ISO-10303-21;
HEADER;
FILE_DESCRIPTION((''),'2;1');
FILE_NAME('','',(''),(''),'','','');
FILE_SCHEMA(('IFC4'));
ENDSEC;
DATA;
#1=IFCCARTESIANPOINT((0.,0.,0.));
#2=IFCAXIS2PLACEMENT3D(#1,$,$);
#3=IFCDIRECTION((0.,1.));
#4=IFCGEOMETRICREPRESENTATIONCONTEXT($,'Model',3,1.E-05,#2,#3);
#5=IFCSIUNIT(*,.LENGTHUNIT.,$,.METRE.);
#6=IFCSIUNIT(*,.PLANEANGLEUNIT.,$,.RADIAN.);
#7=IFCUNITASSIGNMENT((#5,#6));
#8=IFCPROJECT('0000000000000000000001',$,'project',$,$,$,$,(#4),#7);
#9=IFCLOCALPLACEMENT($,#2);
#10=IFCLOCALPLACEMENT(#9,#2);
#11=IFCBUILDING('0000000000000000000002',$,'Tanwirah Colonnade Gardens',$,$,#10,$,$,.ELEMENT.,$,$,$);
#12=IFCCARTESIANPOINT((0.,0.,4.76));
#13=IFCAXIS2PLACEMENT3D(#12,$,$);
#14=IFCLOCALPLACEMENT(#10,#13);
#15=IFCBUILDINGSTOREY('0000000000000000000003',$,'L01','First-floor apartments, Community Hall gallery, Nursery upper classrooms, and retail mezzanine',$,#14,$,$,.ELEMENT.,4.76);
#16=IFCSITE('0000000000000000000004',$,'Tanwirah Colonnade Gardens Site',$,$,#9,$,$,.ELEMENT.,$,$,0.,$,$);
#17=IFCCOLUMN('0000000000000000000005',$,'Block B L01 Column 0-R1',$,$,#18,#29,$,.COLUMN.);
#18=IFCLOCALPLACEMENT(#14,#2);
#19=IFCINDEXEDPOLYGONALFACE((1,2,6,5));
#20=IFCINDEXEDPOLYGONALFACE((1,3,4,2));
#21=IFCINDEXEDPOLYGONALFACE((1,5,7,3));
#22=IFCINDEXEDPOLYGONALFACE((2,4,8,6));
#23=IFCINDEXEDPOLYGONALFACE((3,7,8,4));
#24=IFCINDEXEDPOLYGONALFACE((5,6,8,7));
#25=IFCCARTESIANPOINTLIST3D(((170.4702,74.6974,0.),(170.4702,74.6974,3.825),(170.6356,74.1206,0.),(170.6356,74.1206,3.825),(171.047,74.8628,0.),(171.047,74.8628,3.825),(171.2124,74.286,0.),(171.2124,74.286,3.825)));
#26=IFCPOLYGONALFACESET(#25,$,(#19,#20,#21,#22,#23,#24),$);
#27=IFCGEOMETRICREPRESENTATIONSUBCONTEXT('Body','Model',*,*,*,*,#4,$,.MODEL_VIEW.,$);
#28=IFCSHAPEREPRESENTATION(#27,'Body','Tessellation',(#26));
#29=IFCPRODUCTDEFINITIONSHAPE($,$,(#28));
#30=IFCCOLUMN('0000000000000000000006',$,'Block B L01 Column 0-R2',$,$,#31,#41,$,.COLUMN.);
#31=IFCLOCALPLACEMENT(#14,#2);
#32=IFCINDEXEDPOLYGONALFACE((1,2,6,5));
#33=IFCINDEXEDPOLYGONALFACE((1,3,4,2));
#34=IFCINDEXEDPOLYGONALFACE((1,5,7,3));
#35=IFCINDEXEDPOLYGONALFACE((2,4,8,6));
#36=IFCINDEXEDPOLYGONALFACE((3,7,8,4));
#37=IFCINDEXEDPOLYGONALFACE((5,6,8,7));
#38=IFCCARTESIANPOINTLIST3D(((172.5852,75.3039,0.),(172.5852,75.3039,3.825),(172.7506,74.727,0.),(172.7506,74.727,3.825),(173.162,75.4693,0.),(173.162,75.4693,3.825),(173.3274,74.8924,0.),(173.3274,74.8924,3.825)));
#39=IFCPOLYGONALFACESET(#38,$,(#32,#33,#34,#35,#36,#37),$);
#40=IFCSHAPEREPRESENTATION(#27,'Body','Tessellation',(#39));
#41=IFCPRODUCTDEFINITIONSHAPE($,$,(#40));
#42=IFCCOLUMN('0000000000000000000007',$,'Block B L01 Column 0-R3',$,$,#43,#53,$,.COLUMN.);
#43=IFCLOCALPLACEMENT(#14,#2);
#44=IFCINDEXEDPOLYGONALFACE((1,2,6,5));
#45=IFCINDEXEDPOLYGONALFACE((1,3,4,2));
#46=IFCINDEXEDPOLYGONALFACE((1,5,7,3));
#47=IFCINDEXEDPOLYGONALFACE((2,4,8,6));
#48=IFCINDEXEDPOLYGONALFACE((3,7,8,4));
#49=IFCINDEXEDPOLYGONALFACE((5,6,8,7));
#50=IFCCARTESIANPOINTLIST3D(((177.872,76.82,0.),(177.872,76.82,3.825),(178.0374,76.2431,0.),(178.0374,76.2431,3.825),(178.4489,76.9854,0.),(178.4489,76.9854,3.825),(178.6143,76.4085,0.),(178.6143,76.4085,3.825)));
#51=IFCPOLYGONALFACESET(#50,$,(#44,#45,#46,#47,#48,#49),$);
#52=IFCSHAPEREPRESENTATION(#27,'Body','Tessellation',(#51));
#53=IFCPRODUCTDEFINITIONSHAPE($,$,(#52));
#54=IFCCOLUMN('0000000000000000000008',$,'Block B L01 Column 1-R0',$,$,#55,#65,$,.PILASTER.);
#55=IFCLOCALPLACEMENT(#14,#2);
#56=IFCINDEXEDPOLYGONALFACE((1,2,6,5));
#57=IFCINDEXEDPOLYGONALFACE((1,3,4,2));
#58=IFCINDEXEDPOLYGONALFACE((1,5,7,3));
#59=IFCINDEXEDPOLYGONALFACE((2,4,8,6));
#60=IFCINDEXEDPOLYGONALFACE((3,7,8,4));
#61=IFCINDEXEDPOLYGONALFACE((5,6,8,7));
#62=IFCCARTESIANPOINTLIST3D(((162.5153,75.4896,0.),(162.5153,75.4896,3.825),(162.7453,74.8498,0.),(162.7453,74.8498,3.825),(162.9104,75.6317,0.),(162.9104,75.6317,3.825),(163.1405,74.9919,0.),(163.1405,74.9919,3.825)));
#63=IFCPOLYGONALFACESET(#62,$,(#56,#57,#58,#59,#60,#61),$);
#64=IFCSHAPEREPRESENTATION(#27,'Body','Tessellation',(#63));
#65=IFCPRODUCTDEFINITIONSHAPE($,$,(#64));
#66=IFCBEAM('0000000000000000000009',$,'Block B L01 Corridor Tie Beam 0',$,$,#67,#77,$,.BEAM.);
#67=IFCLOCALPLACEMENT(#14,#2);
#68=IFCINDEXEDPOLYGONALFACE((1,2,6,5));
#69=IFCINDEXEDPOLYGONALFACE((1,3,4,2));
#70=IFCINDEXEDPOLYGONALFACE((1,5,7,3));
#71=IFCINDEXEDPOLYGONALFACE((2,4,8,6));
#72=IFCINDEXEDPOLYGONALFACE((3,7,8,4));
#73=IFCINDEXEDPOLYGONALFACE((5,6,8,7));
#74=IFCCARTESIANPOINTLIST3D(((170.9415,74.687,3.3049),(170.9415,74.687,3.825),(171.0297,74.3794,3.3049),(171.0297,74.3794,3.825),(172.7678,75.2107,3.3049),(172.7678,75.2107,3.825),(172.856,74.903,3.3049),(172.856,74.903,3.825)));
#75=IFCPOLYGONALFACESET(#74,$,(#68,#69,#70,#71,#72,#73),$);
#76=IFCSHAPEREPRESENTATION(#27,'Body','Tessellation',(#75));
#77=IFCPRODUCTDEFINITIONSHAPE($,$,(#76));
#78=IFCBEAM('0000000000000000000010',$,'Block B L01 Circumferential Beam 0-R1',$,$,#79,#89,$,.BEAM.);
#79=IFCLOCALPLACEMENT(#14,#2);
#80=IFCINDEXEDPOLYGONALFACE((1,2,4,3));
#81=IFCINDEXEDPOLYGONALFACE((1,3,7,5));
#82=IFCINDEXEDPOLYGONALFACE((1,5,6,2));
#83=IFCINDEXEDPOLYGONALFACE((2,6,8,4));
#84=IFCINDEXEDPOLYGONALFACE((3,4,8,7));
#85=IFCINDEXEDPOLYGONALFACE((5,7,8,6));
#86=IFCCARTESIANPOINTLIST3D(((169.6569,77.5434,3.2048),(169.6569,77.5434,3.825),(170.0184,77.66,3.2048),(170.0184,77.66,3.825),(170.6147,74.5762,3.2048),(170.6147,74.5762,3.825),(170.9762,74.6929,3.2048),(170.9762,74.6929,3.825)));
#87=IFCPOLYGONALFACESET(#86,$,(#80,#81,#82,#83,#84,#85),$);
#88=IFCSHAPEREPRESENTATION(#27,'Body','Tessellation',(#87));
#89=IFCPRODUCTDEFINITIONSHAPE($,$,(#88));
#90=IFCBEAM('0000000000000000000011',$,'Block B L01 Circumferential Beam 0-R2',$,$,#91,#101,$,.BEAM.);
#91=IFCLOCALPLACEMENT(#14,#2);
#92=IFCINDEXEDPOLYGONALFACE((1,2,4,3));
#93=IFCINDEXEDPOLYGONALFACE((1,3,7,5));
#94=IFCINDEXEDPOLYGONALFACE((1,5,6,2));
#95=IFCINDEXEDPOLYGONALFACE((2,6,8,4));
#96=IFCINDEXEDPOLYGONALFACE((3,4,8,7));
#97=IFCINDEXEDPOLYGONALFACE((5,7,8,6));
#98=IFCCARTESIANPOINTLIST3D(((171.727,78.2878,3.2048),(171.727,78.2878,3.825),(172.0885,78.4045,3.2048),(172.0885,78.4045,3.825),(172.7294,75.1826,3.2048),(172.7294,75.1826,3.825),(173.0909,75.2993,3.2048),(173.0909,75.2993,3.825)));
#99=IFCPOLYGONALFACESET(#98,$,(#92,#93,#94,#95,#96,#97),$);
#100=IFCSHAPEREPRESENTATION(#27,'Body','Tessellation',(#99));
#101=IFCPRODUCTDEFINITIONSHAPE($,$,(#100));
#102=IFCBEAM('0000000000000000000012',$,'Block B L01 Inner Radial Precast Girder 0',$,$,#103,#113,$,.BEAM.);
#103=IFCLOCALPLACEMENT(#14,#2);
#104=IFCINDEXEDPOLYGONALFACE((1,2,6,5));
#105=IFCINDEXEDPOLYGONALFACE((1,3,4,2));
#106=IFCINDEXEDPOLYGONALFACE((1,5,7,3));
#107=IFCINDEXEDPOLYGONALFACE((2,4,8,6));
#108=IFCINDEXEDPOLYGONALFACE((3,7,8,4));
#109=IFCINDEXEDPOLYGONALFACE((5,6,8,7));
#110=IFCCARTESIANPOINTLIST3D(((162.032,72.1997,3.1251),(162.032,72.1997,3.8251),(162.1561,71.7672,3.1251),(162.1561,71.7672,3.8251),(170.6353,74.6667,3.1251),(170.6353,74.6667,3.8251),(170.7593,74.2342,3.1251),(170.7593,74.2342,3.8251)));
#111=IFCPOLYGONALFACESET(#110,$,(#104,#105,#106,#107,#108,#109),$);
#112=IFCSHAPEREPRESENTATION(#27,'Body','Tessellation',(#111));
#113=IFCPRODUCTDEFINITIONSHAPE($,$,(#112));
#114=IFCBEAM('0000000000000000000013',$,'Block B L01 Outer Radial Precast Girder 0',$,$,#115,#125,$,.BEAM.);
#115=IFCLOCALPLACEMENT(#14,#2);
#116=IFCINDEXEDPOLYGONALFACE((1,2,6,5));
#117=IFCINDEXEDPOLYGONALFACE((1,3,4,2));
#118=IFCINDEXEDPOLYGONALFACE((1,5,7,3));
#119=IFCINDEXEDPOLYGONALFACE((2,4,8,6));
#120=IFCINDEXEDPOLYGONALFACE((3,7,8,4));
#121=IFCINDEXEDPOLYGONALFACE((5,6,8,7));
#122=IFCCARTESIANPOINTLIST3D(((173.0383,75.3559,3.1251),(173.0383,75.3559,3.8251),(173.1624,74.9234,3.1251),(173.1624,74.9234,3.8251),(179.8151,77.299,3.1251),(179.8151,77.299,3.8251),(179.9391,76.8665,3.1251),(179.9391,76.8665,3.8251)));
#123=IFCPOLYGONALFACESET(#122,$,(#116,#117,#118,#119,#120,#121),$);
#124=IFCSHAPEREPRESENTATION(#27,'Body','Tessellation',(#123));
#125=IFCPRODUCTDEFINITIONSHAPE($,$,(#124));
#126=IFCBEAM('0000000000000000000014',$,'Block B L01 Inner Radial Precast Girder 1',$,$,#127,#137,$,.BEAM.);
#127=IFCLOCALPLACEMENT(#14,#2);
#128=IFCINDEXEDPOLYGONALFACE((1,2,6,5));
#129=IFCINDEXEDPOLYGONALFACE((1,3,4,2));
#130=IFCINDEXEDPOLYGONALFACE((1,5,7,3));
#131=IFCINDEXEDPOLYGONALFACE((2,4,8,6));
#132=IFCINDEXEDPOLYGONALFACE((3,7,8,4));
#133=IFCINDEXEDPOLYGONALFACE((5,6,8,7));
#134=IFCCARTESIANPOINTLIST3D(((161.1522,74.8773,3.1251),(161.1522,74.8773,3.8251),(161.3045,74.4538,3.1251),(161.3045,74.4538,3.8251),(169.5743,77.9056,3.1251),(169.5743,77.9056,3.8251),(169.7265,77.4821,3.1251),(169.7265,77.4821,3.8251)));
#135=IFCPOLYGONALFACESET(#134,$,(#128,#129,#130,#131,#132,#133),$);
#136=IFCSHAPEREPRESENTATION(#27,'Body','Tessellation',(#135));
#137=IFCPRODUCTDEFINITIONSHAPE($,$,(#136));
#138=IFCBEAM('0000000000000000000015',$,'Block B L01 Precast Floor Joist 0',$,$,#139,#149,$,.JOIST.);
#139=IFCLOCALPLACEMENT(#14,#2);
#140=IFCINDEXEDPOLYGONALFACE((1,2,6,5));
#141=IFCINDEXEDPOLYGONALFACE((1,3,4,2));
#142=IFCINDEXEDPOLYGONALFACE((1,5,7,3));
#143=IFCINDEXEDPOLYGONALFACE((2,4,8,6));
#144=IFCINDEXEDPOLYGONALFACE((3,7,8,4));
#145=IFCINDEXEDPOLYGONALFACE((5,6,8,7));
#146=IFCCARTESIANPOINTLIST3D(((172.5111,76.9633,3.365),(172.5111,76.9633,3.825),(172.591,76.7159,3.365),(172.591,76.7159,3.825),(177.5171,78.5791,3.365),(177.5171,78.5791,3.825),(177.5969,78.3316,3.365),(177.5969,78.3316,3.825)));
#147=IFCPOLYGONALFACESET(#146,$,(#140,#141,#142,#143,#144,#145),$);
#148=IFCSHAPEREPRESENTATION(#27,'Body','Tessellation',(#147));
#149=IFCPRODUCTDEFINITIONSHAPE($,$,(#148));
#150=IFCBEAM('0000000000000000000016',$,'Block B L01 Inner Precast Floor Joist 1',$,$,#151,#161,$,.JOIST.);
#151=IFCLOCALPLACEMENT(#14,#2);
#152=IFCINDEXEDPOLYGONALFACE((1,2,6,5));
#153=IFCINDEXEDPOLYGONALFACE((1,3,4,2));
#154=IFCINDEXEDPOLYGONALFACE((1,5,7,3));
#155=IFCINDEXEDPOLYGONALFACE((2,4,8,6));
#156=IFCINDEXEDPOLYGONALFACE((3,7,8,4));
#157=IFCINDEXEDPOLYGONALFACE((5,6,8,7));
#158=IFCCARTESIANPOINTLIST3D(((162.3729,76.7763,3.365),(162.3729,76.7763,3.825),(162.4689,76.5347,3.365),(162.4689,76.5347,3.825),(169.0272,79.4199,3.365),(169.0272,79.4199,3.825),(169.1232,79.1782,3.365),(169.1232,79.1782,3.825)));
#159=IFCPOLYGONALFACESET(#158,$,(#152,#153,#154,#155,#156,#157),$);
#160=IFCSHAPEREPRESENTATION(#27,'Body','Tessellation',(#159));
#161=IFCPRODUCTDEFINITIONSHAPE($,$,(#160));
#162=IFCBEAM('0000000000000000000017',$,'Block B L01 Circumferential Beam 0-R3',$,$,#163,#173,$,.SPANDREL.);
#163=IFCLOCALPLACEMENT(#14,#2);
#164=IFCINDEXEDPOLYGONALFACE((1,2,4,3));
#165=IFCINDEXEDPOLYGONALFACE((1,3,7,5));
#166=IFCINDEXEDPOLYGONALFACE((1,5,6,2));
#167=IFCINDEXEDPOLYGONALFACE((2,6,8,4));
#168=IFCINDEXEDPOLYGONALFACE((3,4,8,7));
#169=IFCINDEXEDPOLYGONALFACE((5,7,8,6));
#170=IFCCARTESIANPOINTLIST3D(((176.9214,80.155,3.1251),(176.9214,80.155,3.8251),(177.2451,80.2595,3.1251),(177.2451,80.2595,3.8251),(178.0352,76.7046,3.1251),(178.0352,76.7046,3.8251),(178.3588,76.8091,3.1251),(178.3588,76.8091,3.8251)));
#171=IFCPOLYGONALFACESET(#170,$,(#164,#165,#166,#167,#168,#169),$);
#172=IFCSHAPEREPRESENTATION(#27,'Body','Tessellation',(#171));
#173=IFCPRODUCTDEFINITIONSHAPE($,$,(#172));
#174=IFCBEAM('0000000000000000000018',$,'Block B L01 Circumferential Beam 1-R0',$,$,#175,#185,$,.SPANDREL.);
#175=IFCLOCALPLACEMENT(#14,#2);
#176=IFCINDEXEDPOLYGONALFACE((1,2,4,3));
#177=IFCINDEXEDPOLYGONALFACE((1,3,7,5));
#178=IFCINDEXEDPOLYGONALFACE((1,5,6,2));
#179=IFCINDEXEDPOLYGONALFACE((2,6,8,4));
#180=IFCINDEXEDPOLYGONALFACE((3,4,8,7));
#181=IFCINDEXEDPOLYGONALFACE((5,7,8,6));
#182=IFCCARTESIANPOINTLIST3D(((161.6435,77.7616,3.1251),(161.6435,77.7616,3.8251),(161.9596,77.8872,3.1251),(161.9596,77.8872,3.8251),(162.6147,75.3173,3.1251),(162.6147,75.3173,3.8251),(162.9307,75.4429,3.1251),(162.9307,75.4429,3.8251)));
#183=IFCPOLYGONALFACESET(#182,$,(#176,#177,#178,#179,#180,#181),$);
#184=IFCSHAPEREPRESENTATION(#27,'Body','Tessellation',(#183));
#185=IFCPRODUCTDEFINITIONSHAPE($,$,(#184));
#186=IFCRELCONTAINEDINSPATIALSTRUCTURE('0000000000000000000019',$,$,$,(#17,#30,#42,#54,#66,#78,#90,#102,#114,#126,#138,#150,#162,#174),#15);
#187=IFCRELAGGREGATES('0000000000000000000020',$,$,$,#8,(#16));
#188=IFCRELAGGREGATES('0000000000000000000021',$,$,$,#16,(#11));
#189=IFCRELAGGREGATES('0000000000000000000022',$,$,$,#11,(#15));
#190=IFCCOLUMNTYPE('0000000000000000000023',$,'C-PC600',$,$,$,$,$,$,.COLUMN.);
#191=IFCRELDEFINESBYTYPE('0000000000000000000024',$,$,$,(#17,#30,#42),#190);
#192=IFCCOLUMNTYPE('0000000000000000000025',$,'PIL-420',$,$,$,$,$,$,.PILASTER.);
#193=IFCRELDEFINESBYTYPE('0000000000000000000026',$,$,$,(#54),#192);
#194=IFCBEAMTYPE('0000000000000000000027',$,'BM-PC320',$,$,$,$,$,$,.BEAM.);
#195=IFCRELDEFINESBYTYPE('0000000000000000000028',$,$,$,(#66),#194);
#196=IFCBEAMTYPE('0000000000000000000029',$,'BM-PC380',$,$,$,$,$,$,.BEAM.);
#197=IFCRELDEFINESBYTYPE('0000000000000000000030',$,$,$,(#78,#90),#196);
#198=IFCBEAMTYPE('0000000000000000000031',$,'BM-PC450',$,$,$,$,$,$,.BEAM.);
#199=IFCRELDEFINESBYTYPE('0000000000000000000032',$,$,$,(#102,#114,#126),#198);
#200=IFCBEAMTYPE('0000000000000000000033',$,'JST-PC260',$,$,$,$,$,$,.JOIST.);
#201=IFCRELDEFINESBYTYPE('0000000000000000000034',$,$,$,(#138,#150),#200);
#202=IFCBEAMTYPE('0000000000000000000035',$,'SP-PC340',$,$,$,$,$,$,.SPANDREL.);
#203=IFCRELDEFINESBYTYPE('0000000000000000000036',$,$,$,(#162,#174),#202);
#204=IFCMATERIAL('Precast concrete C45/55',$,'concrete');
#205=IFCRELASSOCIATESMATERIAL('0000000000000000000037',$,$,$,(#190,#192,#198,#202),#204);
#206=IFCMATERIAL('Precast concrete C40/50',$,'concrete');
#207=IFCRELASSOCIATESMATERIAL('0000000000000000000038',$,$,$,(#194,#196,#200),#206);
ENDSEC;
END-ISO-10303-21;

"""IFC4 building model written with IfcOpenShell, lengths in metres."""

from ifc_helpers import new_model, si_unit, direction, frame, origin, origin_2d, place, context, subcontext, project, spatial, rectangle, extrude, material, material_profile, profile_set, type_object, element, save


model = new_model("IFC4")

# Units and contexts
model_context = context("Model", 3, precision=1e-05, world=origin(), true_north=direction((0.0, 1.0)))
body_context = subcontext(model_context, "Body", "Model", "MODEL_VIEW")
ifc_project = project(units=[si_unit("LENGTHUNIT", "METRE"), si_unit("PLANEANGLEUNIT", "RADIAN")], contexts=[model_context])

# Site, building, storey
site_placement = place(None, origin())
site = spatial("IfcSite", under=ifc_project, at=site_placement, Name="Tanwirah Colonnade Gardens Site", CompositionType="ELEMENT", RefElevation=0.0)
building_placement = place(site_placement, origin())
building = spatial("IfcBuilding", under=site, at=building_placement, Name="Tanwirah Colonnade Gardens", CompositionType="ELEMENT")
storey_placement = place(building_placement, frame((0.0, 0.0, 4.76)))
storey = spatial("IfcBuildingStorey", under=building, at=storey_placement, Name="L01", Description="First-floor apartments, Community Hall gallery, Nursery upper classrooms, and retail mezzanine", CompositionType="ELEMENT", Elevation=4.76)

# Columns
ifc_material_1 = material(Name="Precast concrete C45/55", Category="concrete")
ifc_material_profile_1 = material_profile(ifc_material_1, rectangle(XDim=0.6001, YDim=0.6001, at=origin_2d()), Name="PC-COL 600x600")
ifc_profile_set_1 = profile_set([ifc_material_profile_1], Name="Precast concrete C45/55")
column_type_1 = type_object("IfcColumnType", Name="C-PC600", PredefinedType="COLUMN", material=ifc_profile_set_1)
for number, where, z_axis, x_axis, name in (
    (1, (170.8413, 74.4917, 0.0), (0.0, 0.0, 1.0), (0.961262, 0.275637, 0.0), "Block B L01 Column 0-R1"),
    (2, (172.9563, 75.0981, 0.0), (0.0, 0.0, 1.0), (0.961262, 0.275637, 0.0), "Block B L01 Column 0-R2"),
    (3, (178.2432, 76.6143, 0.0), (0.0, 0.0, 1.0), (0.961262, 0.275637, 0.0), "Block B L01 Column 0-R3"),
):
    element("IfcColumn", number, at=place(storey_placement, frame(where, z_axis=z_axis, x_axis=x_axis)), inside=storey, type_object=column_type_1, Name=name, PredefinedType="COLUMN", context=body_context, shape_type="SweptSolid", body=[
        extrude(rectangle(XDim=0.6001, YDim=0.6001, at=origin_2d()), origin(), (0.0, 0.0, 1.0), 3.825),
    ])
ifc_material_profile_2 = material_profile(ifc_material_1, rectangle(XDim=0.4199, YDim=0.6799, at=origin_2d()), Name="PC-PIL 420x680")
ifc_profile_set_2 = profile_set([ifc_material_profile_2], Name="Precast concrete C45/55")
column_type_2 = type_object("IfcColumnType", Name="PIL-420", PredefinedType="PILASTER", material=ifc_profile_set_2)
column_placement = place(storey_placement, frame((162.8279, 75.2407, 0.0), z_axis=(0.0, 0.0, 1.0), x_axis=(0.941012, 0.338373, 0.0)))
element("IfcColumn", 4, at=column_placement, inside=storey, type_object=column_type_2, Name="Block B L01 Column 1-R0", PredefinedType="PILASTER", context=body_context, shape_type="SweptSolid", body=[
    extrude(rectangle(XDim=0.4199, YDim=0.6799, at=origin_2d()), origin(), (0.0, 0.0, 1.0), 3.825),
])

# Beams
ifc_material_2 = material(Name="Precast concrete C40/50", Category="concrete")
ifc_material_profile_3 = material_profile(ifc_material_2, rectangle(XDim=0.3201, YDim=0.52, at=origin_2d()), Name="PC-BM 320x520")
ifc_profile_set_3 = profile_set([ifc_material_profile_3], Name="Precast concrete C40/50")
beam_type_1 = type_object("IfcBeamType", Name="BM-PC320", PredefinedType="BEAM", material=ifc_profile_set_3)
beam_1_placement = place(storey_placement, frame((170.9856, 74.5332, 3.5649), z_axis=(0.961267, 0.27562, 0.0), x_axis=(-0.27562, 0.961267, 0.0)))
element("IfcBeam", 5, at=beam_1_placement, inside=storey, type_object=beam_type_1, Name="Block B L01 Corridor Tie Beam 0", PredefinedType="BEAM", context=body_context, shape_type="SweptSolid", body=[
    extrude(rectangle(XDim=0.3201, YDim=0.52, at=origin_2d()), origin(), (0.0, 0.0, 1.0), 1.8999),
])
ifc_material_profile_4 = material_profile(ifc_material_2, rectangle(XDim=0.3799, YDim=0.6201, at=origin_2d()), Name="PC-BM 380x620")
ifc_profile_set_4 = profile_set([ifc_material_profile_4], Name="Precast concrete C40/50")
beam_type_2 = type_object("IfcBeamType", Name="BM-PC380", PredefinedType="BEAM", material=ifc_profile_set_4)
beam_2_placement = place(storey_placement, frame((170.7954, 74.6345, 3.5149), z_axis=(-0.30717, 0.951655, 0.0), x_axis=(-0.951655, -0.30717, 0.0)))
element("IfcBeam", 6, at=beam_2_placement, inside=storey, type_object=beam_type_2, Name="Block B L01 Circumferential Beam 0-R1", PredefinedType="BEAM", context=body_context, shape_type="SweptSolid", body=[
    extrude(rectangle(XDim=0.3799, YDim=0.6201, at=origin_2d()), origin(), (0.0, 0.0, 1.0), 3.1179),
])
beam_3_placement = place(storey_placement, frame((172.9102, 75.241, 3.5149), z_axis=(-0.307213, 0.951641, 0.0), x_axis=(-0.951641, -0.307213, 0.0)))
element("IfcBeam", 7, at=beam_3_placement, inside=storey, type_object=beam_type_2, Name="Block B L01 Circumferential Beam 0-R2", PredefinedType="BEAM", context=body_context, shape_type="SweptSolid", body=[
    extrude(rectangle(XDim=0.3799, YDim=0.6201, at=origin_2d()), origin(), (0.0, 0.0, 1.0), 3.2629),
])
ifc_material_profile_5 = material_profile(ifc_material_1, rectangle(XDim=0.45, YDim=0.7, at=origin_2d()), Name="PC-BM 450x700")
ifc_profile_set_5 = profile_set([ifc_material_profile_5], Name="Precast concrete C45/55")
beam_type_3 = type_object("IfcBeamType", Name="BM-PC450", PredefinedType="BEAM", material=ifc_profile_set_5)
beam_4_placement = place(storey_placement, frame((170.6973, 74.4504, 3.4751), z_axis=(-0.961259, -0.275647, 0.0), x_axis=(0.275647, -0.961259, 0.0)))
element("IfcBeam", 8, at=beam_4_placement, inside=storey, type_object=beam_type_3, Name="Block B L01 Inner Radial Precast Girder 0", PredefinedType="BEAM", context=body_context, shape_type="SweptSolid", body=[
    extrude(rectangle(XDim=0.45, YDim=0.7, at=origin_2d()), origin(), (0.0, 0.0, 1.0), 8.95),
])
beam_5_placement = place(storey_placement, frame((173.1003, 75.1396, 3.4751), z_axis=(0.961266, 0.275622, 0.0), x_axis=(-0.275622, 0.961266, 0.0)))
element("IfcBeam", 9, at=beam_5_placement, inside=storey, type_object=beam_type_3, Name="Block B L01 Outer Radial Precast Girder 0", PredefinedType="BEAM", context=body_context, shape_type="SweptSolid", body=[
    extrude(rectangle(XDim=0.45, YDim=0.7, at=origin_2d()), origin(), (0.0, 0.0, 1.0), 7.0498),
])
beam_6_placement = place(storey_placement, frame((169.6504, 77.6938, 3.4751), z_axis=(-0.941017, -0.338359, 0.0), x_axis=(0.338359, -0.941017, 0.0)))
element("IfcBeam", 10, at=beam_6_placement, inside=storey, type_object=beam_type_3, Name="Block B L01 Inner Radial Precast Girder 1", PredefinedType="BEAM", context=body_context, shape_type="SweptSolid", body=[
    extrude(rectangle(XDim=0.45, YDim=0.7, at=origin_2d()), origin(), (0.0, 0.0, 1.0), 8.95),
])
ifc_material_profile_6 = material_profile(ifc_material_2, rectangle(XDim=0.26, YDim=0.46, at=origin_2d()), Name="PC-JST 260x460")
ifc_profile_set_6 = profile_set([ifc_material_profile_6], Name="Precast concrete C40/50")
beam_type_4 = type_object("IfcBeamType", Name="JST-PC260", PredefinedType="JOIST", material=ifc_profile_set_6)
beam_7_placement = place(storey_placement, frame((172.551, 76.8396, 3.595), z_axis=(0.951657, 0.307163, 0.0), x_axis=(-0.307163, 0.951657, 0.0)))
element("IfcBeam", 11, at=beam_7_placement, inside=storey, type_object=beam_type_4, Name="Block B L01 Precast Floor Joist 0", PredefinedType="JOIST", context=body_context, shape_type="SweptSolid", body=[
    extrude(rectangle(XDim=0.26, YDim=0.46, at=origin_2d()), origin(), (0.0, 0.0, 1.0), 5.2603),
])
beam_8_placement = place(storey_placement, frame((162.4209, 76.6555, 3.595), z_axis=(0.929349, 0.369203, 0.0), x_axis=(-0.369203, 0.929349, 0.0)))
element("IfcBeam", 12, at=beam_8_placement, inside=storey, type_object=beam_type_4, Name="Block B L01 Inner Precast Floor Joist 1", PredefinedType="JOIST", context=body_context, shape_type="SweptSolid", body=[
    extrude(rectangle(XDim=0.26, YDim=0.46, at=origin_2d()), origin(), (0.0, 0.0, 1.0), 7.1602),
])
ifc_material_profile_7 = material_profile(ifc_material_1, rectangle(XDim=0.3401, YDim=0.7, at=origin_2d()), Name="PC-SP 340x700")
ifc_profile_set_7 = profile_set([ifc_material_profile_7], Name="Precast concrete C45/55")
beam_type_5 = type_object("IfcBeamType", Name="SP-PC340", PredefinedType="SPANDREL", material=ifc_profile_set_7)
beam_9_placement = place(storey_placement, frame((178.197, 76.7568, 3.4751), z_axis=(-0.307184, 0.95165, 0.0), x_axis=(-0.95165, -0.307184, 0.0)))
element("IfcBeam", 13, at=beam_9_placement, inside=storey, type_object=beam_type_5, Name="Block B L01 Circumferential Beam 0-R3", PredefinedType="SPANDREL", context=body_context, shape_type="SweptSolid", body=[
    extrude(rectangle(XDim=0.3401, YDim=0.7, at=origin_2d()), origin(), (0.0, 0.0, 1.0), 3.6257),
])
beam_10_placement = place(storey_placement, frame((162.7727, 75.3801, 3.4751), z_axis=(-0.369245, 0.929332, 0.0), x_axis=(-0.929332, -0.369245, 0.0)))
element("IfcBeam", 14, at=beam_10_placement, inside=storey, type_object=beam_type_5, Name="Block B L01 Circumferential Beam 1-R0", PredefinedType="SPANDREL", context=body_context, shape_type="SweptSolid", body=[
    extrude(rectangle(XDim=0.3401, YDim=0.7, at=origin_2d()), origin(), (0.0, 0.0, 1.0), 2.6301),
])

save(model, "model.ifc")
